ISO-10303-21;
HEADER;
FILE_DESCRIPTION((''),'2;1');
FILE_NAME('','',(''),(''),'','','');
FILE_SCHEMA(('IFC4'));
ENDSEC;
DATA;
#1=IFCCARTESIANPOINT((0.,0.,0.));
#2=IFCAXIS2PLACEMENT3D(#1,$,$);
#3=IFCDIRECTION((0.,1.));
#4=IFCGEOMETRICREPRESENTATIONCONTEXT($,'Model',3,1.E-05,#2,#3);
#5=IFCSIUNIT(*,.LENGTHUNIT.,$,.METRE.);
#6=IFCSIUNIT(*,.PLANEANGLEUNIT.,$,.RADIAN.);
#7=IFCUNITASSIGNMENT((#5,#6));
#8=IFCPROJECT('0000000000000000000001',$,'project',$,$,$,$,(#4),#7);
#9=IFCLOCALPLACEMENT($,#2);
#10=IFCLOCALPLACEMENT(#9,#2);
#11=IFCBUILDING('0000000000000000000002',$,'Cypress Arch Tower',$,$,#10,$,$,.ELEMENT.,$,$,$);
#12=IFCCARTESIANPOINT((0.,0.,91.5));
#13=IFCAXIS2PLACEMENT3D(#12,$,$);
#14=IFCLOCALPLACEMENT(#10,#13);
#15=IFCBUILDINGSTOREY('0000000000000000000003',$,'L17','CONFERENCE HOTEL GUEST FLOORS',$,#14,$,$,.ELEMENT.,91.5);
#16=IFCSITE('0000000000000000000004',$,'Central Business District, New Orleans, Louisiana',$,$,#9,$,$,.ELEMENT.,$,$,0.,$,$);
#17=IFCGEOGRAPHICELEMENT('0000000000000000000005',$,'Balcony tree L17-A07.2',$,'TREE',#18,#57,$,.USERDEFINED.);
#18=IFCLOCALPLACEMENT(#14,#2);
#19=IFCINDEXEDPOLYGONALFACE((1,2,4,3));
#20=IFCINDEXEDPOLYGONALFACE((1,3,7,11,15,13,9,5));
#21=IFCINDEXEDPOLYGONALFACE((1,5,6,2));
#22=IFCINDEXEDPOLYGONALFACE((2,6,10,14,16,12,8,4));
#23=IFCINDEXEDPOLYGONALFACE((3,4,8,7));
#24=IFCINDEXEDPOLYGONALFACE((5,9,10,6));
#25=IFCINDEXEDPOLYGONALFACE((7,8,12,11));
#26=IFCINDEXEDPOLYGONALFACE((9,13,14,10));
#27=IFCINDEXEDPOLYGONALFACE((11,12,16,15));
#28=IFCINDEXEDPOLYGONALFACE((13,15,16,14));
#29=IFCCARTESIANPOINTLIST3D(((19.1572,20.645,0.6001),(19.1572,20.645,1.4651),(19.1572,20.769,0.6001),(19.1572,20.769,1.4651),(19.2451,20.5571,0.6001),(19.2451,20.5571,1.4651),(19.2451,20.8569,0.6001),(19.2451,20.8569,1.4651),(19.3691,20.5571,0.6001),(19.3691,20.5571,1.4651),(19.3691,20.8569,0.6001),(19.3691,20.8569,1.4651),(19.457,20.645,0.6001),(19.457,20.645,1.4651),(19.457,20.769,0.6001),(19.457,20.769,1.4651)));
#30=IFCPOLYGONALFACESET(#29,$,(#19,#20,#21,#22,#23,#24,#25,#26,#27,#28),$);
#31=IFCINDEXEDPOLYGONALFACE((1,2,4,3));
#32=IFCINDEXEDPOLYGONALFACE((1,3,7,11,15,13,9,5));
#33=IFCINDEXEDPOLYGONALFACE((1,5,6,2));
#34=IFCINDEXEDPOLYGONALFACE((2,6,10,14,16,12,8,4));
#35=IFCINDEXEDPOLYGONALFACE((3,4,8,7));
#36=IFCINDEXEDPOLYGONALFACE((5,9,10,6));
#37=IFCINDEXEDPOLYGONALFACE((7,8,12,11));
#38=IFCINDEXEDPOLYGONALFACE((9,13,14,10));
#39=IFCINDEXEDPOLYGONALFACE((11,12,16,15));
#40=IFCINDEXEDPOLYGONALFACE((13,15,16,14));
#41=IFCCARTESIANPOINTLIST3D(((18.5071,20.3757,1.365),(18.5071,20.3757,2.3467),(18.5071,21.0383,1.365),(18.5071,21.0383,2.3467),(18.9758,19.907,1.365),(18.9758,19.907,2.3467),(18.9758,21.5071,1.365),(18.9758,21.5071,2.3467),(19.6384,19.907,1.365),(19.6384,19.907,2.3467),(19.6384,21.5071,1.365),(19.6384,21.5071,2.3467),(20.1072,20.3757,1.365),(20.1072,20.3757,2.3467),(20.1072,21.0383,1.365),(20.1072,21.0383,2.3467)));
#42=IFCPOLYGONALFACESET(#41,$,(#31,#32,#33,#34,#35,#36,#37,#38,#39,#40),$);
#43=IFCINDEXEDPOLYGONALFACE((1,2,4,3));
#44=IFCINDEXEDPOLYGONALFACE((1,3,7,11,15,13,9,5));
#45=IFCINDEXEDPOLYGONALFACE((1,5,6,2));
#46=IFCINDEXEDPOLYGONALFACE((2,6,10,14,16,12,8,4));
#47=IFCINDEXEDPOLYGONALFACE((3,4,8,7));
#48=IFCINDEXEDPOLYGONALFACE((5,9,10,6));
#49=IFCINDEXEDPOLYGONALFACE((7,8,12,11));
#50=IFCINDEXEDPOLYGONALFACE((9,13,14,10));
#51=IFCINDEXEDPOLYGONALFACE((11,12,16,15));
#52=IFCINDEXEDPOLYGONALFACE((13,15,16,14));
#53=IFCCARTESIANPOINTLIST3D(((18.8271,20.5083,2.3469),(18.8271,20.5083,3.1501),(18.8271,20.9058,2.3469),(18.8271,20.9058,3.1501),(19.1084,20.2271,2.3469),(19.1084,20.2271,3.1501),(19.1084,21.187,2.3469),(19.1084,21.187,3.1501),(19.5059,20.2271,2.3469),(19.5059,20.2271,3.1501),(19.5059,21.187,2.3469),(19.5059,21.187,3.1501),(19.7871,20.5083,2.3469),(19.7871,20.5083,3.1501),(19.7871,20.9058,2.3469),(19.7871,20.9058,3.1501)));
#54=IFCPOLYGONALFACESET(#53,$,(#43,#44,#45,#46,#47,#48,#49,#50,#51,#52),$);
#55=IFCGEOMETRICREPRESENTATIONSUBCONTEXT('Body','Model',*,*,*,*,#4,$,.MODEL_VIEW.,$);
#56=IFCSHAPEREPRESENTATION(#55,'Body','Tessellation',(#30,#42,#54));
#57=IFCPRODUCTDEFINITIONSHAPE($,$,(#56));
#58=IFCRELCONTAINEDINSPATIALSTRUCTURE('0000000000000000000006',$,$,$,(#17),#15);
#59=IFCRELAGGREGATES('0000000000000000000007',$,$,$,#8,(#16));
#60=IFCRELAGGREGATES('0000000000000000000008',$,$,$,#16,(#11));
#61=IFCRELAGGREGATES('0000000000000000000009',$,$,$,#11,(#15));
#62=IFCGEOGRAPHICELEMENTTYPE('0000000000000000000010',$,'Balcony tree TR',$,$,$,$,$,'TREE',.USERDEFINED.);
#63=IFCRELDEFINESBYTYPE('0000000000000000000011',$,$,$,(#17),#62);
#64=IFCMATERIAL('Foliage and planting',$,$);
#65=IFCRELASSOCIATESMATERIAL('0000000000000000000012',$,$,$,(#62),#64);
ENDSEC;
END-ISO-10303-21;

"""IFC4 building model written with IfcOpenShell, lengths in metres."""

from ifc_helpers import new_model, si_unit, direction, frame, origin, place, context, subcontext, project, spatial, polyline, outline, extrude, material, type_object, element, save


model = new_model("IFC4")

# Units and contexts
model_context = context("Model", 3, precision=1e-05, world=origin(), true_north=direction((0.0, 1.0)))
body_context = subcontext(model_context, "Body", "Model", "MODEL_VIEW")
ifc_project = project(units=[si_unit("LENGTHUNIT", "METRE"), si_unit("PLANEANGLEUNIT", "RADIAN")], contexts=[model_context])

# Site, building, storey
site_placement = place(None, origin())
site = spatial("IfcSite", under=ifc_project, at=site_placement, Name="Central Business District, New Orleans, Louisiana", CompositionType="ELEMENT", RefElevation=0.0)
building_placement = place(site_placement, origin())
building = spatial("IfcBuilding", under=site, at=building_placement, Name="Cypress Arch Tower", CompositionType="ELEMENT")
storey_placement = place(building_placement, frame((0.0, 0.0, 91.5)))
storey = spatial("IfcBuildingStorey", under=building, at=storey_placement, Name="L17", Description="CONFERENCE HOTEL GUEST FLOORS", CompositionType="ELEMENT", Elevation=91.5)

# Geographic element
ifc_material_1 = material(Name="Foliage and planting")
geographic_element_type = type_object("IfcGeographicElementType", Name="Balcony tree TR", ElementType="TREE", PredefinedType="USERDEFINED", material=ifc_material_1)
geographic_element_placement = place(storey_placement, frame((19.3071, 20.707, 0.6001), z_axis=(0.0, 0.0, 1.0), x_axis=(1.0, 0.0, 0.0)))
element("IfcGeographicElement", 1, at=geographic_element_placement, inside=storey, type_object=geographic_element_type, Name="Balcony tree L17-A07.2", ObjectType="TREE", PredefinedType="USERDEFINED", context=body_context, shape_type="SweptSolid", body=[
    extrude(outline(polyline([(0.1499, 0.062), (0.062, 0.1499), (-0.062, 0.1499), (-0.1499, 0.062), (-0.1499, -0.062), (-0.062, -0.1499), (0.062, -0.1499), (0.1499, -0.062), (0.1499, 0.062)])), origin(), (0.0, 0.0, 1.0), 0.865),
    extrude(outline(polyline([(0.8, 0.3313), (0.3313, 0.8), (-0.3313, 0.8), (-0.8, 0.3313), (-0.8, -0.3313), (-0.3313, -0.8), (0.3313, -0.8), (0.8, -0.3313), (0.8, 0.3313)])), frame((0.0, 0.0, 0.7649)), (0.0, 0.0, 1.0), 0.9817),
    extrude(outline(polyline([(0.48, 0.1987), (0.1987, 0.48), (-0.1987, 0.48), (-0.48, 0.1987), (-0.48, -0.1987), (-0.1987, -0.48), (0.1987, -0.48), (0.48, -0.1987), (0.48, 0.1987)])), frame((0.0, 0.0, 1.7468)), (0.0, 0.0, 1.0), 0.8032),
])

save(model, "model.ifc")
